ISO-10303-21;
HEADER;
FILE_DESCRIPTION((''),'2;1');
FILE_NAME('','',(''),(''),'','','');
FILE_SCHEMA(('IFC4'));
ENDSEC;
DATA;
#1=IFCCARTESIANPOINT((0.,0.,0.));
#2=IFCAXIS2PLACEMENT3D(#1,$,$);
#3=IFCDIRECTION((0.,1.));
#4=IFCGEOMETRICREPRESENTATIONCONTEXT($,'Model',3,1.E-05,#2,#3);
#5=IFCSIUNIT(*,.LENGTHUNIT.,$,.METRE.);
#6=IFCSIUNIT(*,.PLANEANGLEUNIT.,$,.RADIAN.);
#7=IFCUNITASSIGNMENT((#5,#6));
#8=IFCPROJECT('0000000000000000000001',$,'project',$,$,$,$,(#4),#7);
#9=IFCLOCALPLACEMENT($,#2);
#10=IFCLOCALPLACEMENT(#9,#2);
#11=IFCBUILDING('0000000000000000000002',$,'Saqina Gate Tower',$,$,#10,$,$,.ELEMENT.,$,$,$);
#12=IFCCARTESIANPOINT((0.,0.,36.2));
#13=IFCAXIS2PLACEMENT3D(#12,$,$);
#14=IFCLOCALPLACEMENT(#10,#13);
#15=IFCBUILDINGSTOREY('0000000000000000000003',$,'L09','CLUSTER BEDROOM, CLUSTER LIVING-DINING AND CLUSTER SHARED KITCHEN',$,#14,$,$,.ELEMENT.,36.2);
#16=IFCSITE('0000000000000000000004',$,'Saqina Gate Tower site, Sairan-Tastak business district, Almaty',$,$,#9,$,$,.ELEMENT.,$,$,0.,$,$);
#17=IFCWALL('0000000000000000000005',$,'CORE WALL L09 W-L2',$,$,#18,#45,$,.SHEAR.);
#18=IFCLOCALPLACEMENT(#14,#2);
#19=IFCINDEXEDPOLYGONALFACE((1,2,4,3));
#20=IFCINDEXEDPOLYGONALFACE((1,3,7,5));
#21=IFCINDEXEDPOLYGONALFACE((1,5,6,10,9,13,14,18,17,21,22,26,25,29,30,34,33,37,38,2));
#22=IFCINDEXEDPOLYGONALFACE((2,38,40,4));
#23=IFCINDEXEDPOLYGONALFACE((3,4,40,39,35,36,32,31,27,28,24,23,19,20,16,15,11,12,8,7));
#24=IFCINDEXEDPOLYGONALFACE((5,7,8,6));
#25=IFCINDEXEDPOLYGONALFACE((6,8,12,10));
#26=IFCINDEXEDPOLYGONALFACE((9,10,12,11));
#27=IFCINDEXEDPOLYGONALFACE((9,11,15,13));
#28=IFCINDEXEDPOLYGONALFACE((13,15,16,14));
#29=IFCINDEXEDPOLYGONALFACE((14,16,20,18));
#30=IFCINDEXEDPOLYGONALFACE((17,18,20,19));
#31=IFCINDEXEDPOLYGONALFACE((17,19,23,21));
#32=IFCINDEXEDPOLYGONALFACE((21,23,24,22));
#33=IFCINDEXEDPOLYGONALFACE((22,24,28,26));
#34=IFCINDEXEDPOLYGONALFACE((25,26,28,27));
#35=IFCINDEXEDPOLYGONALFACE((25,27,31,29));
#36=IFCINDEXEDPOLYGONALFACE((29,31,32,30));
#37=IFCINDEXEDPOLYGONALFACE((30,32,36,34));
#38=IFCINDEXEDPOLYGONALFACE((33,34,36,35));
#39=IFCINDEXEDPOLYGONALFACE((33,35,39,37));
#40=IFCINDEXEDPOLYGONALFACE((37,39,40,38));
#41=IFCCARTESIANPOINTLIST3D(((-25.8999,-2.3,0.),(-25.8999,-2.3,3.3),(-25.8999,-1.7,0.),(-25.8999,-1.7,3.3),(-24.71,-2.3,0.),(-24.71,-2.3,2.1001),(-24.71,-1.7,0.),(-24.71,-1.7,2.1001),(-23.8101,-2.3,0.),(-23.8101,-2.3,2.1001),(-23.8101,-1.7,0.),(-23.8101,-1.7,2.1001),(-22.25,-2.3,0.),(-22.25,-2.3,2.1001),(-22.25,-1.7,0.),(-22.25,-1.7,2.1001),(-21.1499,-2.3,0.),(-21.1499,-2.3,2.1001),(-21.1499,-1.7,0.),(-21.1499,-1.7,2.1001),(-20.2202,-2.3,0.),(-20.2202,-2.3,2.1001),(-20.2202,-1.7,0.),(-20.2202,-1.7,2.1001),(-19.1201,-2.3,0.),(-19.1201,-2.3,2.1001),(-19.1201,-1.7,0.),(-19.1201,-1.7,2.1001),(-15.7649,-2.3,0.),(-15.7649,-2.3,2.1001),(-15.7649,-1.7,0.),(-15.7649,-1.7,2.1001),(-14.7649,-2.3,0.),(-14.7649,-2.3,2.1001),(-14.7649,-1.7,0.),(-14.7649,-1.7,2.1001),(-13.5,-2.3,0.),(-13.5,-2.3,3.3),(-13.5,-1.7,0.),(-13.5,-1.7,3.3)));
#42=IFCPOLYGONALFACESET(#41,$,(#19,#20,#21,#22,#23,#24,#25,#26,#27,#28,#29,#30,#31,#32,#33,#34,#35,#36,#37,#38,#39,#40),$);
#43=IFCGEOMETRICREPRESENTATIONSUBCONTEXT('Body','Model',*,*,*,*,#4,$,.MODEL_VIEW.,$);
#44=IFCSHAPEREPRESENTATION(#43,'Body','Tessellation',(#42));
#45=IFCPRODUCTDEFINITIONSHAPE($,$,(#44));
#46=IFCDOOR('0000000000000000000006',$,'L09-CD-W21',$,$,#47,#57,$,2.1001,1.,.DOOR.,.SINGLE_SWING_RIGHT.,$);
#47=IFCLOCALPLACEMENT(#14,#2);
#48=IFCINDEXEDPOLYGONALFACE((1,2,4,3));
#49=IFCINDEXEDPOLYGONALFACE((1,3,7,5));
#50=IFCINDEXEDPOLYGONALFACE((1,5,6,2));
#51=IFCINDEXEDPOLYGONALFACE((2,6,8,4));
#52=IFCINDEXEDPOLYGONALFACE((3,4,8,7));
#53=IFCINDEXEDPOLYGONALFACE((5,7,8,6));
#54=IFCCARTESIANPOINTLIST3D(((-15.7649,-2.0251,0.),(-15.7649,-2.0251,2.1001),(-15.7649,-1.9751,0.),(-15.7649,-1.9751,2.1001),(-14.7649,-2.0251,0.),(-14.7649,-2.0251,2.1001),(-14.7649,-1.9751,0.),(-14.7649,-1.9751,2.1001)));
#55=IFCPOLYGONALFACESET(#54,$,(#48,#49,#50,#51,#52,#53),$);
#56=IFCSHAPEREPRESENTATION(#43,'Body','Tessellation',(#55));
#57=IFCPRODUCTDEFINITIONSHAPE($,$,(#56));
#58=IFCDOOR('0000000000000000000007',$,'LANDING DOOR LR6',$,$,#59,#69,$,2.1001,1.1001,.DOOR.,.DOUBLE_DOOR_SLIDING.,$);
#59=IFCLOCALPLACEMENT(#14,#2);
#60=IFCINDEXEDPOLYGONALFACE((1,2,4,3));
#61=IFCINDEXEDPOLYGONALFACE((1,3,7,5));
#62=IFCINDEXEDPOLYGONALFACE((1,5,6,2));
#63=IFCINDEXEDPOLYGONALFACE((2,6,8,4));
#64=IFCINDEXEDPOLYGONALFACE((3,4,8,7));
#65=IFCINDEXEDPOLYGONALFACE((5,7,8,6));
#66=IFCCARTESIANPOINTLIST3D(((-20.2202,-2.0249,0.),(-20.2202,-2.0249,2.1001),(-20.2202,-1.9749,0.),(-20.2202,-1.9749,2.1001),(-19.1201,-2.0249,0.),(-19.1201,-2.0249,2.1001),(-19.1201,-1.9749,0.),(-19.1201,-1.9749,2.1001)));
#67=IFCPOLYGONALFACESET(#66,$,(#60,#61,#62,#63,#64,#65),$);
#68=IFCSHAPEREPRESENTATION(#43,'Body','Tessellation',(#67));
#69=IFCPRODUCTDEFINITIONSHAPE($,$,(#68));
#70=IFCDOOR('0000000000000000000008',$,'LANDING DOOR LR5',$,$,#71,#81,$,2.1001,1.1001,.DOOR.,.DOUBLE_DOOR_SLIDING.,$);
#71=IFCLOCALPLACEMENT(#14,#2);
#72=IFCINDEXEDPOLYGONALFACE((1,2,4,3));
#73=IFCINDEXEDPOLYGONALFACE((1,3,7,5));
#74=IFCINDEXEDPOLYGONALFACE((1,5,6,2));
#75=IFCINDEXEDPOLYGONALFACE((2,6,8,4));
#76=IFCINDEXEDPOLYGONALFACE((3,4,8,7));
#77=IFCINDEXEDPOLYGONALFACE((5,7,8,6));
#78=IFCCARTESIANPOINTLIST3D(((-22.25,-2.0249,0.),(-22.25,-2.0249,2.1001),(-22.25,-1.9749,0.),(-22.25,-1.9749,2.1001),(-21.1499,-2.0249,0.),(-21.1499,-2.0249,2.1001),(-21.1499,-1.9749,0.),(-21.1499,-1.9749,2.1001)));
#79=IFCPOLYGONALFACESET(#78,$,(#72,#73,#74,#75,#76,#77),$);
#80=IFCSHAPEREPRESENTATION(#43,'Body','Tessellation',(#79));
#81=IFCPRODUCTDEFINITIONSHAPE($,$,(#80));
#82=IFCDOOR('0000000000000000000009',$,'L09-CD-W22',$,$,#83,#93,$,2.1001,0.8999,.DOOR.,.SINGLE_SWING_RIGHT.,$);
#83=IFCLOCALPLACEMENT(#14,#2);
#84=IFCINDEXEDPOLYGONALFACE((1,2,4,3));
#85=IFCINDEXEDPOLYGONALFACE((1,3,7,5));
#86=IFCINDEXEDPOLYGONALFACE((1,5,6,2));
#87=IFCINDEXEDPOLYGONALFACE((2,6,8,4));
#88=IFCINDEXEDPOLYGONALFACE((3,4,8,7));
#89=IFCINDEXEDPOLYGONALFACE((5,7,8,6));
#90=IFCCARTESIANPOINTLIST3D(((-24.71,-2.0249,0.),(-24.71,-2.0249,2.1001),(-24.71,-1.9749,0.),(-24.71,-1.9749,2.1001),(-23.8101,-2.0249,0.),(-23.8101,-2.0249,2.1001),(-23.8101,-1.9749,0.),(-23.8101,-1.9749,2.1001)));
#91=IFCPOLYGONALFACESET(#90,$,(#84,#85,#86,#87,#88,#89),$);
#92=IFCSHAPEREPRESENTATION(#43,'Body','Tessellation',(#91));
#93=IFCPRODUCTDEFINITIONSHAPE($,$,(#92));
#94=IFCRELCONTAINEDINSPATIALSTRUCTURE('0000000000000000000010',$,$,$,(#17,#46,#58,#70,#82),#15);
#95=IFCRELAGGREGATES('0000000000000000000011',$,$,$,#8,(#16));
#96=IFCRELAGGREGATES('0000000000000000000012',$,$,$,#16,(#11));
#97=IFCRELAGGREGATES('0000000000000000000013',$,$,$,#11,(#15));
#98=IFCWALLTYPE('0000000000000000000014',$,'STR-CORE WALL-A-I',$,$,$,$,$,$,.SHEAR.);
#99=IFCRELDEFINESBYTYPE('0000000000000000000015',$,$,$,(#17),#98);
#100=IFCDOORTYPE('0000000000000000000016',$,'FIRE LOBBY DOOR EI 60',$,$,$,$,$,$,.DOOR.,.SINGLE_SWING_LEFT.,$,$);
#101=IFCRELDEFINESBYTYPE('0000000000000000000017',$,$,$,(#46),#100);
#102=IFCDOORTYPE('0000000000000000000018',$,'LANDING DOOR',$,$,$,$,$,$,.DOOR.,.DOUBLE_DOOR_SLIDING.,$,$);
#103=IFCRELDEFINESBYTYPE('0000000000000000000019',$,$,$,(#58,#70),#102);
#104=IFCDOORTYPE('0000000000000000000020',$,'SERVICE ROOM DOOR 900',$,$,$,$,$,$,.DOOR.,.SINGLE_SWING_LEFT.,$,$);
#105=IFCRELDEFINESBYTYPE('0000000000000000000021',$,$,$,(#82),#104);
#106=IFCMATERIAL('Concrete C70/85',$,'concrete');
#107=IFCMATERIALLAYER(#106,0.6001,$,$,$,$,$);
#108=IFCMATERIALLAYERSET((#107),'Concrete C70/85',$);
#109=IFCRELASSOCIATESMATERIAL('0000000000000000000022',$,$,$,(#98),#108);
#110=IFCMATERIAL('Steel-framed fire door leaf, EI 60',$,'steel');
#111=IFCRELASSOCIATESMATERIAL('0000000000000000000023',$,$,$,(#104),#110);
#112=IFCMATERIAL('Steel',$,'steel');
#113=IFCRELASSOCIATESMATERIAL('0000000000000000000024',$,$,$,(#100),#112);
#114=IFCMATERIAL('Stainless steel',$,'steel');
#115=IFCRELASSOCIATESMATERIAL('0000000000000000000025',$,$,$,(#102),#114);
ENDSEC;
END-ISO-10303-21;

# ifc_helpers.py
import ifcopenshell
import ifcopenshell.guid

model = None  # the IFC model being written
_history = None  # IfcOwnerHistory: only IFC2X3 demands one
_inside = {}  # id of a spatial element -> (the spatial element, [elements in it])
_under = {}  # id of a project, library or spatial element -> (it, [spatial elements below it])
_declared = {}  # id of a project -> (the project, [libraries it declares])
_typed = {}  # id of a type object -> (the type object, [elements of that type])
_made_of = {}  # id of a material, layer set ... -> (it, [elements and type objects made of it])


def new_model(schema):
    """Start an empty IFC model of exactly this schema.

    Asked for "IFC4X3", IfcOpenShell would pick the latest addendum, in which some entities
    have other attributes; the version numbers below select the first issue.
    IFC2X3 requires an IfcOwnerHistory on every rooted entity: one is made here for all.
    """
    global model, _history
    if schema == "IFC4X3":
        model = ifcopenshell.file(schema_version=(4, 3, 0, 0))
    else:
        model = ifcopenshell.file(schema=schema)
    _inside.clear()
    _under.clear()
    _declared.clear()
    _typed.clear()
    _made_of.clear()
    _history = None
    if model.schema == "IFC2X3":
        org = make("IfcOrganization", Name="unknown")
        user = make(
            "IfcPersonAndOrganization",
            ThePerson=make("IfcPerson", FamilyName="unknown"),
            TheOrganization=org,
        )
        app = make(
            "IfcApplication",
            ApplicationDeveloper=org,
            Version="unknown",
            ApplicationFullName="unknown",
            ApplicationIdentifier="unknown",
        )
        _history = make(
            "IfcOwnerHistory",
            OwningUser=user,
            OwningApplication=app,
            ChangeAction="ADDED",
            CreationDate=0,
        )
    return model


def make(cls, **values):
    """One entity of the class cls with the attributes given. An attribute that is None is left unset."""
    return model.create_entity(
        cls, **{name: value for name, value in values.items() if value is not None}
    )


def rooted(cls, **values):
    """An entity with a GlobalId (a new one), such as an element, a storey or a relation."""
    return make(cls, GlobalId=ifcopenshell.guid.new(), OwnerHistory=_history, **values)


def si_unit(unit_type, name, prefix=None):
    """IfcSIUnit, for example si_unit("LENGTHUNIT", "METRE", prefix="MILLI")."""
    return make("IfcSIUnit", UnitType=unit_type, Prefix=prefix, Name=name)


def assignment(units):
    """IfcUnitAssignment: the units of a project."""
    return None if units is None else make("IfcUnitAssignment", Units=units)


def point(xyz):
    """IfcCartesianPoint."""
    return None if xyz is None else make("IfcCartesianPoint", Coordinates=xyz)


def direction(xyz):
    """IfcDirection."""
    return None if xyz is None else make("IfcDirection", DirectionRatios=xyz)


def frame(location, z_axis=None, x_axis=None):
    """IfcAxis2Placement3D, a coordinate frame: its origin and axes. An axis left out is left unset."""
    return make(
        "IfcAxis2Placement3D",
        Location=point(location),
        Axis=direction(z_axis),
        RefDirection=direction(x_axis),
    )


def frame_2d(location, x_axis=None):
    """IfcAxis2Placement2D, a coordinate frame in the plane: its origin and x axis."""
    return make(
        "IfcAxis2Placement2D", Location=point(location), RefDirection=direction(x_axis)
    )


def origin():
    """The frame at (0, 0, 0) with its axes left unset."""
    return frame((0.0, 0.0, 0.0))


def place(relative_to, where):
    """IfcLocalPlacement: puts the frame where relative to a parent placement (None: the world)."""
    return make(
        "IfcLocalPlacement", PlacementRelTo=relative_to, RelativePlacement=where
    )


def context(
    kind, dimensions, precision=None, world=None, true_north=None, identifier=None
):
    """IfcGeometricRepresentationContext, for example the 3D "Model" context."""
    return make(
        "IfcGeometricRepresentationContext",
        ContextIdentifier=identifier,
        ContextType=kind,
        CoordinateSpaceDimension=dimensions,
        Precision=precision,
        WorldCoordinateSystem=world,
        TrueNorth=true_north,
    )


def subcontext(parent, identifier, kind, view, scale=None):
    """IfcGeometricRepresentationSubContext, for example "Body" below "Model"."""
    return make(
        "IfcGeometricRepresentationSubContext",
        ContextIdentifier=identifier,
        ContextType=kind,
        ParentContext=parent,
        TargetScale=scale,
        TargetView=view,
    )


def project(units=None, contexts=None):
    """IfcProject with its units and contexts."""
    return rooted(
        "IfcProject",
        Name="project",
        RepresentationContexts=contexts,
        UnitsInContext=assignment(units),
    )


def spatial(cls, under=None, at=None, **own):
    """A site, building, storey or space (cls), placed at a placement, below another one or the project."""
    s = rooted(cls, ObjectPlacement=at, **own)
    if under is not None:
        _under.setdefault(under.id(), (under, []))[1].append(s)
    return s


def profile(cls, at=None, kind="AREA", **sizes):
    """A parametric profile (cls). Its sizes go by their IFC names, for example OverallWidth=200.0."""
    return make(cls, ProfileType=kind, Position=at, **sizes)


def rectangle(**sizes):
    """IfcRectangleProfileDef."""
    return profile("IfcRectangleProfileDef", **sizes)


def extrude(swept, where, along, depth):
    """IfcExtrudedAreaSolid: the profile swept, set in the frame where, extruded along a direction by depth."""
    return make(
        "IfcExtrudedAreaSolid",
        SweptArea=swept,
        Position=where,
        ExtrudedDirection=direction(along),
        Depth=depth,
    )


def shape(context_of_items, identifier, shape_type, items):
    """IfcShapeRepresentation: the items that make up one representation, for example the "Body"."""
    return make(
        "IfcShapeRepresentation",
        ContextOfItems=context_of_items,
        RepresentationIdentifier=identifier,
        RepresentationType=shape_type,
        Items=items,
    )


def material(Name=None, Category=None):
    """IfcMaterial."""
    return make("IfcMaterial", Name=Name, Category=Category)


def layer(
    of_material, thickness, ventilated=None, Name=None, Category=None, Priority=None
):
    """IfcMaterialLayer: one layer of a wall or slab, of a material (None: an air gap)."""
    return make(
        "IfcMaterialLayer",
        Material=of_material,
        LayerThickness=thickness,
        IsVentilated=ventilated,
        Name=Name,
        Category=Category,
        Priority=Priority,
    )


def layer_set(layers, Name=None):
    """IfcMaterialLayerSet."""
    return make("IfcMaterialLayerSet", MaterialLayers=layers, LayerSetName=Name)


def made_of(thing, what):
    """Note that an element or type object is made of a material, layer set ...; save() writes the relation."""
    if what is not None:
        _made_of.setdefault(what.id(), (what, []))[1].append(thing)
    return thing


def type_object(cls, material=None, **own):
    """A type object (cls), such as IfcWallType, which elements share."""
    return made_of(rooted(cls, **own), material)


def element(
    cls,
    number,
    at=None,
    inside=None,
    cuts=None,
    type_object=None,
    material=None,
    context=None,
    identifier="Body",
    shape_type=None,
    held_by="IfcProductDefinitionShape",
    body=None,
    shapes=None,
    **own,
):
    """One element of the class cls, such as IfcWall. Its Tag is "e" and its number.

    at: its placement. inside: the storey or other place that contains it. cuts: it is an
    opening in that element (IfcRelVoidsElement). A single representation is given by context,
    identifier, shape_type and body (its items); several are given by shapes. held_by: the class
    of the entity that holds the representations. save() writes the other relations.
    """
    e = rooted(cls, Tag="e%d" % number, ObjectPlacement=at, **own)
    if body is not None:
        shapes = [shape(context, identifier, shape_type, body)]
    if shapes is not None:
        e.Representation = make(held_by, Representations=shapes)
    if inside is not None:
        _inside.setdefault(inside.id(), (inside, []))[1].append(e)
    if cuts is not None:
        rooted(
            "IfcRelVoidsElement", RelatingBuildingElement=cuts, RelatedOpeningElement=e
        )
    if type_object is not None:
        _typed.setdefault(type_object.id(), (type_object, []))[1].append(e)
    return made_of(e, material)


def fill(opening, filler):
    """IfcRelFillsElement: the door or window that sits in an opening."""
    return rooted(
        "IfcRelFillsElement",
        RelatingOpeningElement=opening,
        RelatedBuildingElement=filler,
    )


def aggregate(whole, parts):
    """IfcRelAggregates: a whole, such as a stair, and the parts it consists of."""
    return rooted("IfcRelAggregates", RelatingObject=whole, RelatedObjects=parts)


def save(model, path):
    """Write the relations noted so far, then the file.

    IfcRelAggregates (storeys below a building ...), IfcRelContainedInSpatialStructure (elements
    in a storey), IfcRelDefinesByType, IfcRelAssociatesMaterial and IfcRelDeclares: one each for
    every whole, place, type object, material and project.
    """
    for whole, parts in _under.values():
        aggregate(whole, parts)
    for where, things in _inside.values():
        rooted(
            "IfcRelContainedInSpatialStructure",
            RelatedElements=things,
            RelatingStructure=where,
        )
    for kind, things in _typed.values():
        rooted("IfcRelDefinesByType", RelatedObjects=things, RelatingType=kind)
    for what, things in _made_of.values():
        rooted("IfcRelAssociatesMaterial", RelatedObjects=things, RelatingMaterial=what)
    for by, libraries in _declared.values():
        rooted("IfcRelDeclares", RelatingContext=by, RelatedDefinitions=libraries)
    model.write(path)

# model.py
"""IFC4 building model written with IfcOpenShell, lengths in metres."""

from ifc_helpers import new_model, si_unit, direction, frame, frame_2d, origin, place, context, subcontext, project, spatial, rectangle, extrude, material, layer, layer_set, type_object, element, fill, save


model = new_model("IFC4")

# Units and contexts
model_context = context("Model", 3, precision=1e-05, world=origin(), true_north=direction((0.0, 1.0)))
body_context = subcontext(model_context, "Body", "Model", "MODEL_VIEW")
ifc_project = project(units=[si_unit("LENGTHUNIT", "METRE"), si_unit("PLANEANGLEUNIT", "RADIAN")], contexts=[model_context])

# Site, building, storey
site_placement = place(None, origin())
site = spatial("IfcSite", under=ifc_project, at=site_placement, Name="Saqina Gate Tower site, Sairan-Tastak business district, Almaty", CompositionType="ELEMENT", RefElevation=0.0)
building_placement = place(site_placement, origin())
building = spatial("IfcBuilding", under=site, at=building_placement, Name="Saqina Gate Tower", CompositionType="ELEMENT")
storey_placement = place(building_placement, frame((0.0, 0.0, 36.2)))
storey = spatial("IfcBuildingStorey", under=building, at=storey_placement, Name="L09", Description="CLUSTER BEDROOM, CLUSTER LIVING-DINING AND CLUSTER SHARED KITCHEN", CompositionType="ELEMENT", Elevation=36.2)

# Wall, openings, doors
ifc_material_1 = material(Name="Concrete C70/85", Category="concrete")
ifc_layer_1 = layer(ifc_material_1, 0.6001)
ifc_layer_set_1 = layer_set([ifc_layer_1], Name="Concrete C70/85")
wall_type_1 = type_object("IfcWallType", Name="STR-CORE WALL-A-I", PredefinedType="SHEAR", material=ifc_layer_set_1)
ifc_material_2 = material(Name="Steel-framed fire door leaf, EI 60", Category="steel")
door_type_1 = type_object("IfcDoorType", Name="SERVICE ROOM DOOR 900", OperationType="SINGLE_SWING_LEFT", PredefinedType="DOOR", material=ifc_material_2)
wall_1_placement = place(storey_placement, frame((-13.5, -2.0, 0.0), z_axis=(0.0, 0.0, 1.0), x_axis=(-1.0, 0.0, 0.0)))
wall_1 = element("IfcWall", 1, at=wall_1_placement, inside=storey, type_object=wall_type_1, Name="CORE WALL L09 W-L2", PredefinedType="SHEAR", context=body_context, shape_type="SweptSolid", body=[
    extrude(rectangle(XDim=12.3999, YDim=0.6001, at=frame_2d((6.2, 0.0))), origin(), (0.0, 0.0, 1.0), 3.3),
])
opening_1_placement = place(wall_1_placement, frame((5.6201, 0.0, 0.0)))
opening_1 = element("IfcOpeningElement", 2, at=opening_1_placement, cuts=wall_1, PredefinedType="OPENING", context=body_context, shape_type="SweptSolid", body=[
    extrude(rectangle(XDim=1.1001, YDim=2.1001, at=frame_2d((0.55, 1.05))), frame((0.0, 0.312, 0.0), z_axis=(0.0, -1.0, 0.0), x_axis=(1.0, 0.0, 0.0)), (0.0, 0.0, 1.0), 0.624),
])
opening_2_placement = place(wall_1_placement, frame((7.6499, 0.0, 0.0)))
opening_2 = element("IfcOpeningElement", 3, at=opening_2_placement, cuts=wall_1, PredefinedType="OPENING", context=body_context, shape_type="SweptSolid", body=[
    extrude(rectangle(XDim=1.1001, YDim=2.1001, at=frame_2d((0.55, 1.05))), frame((0.0, 0.312, 0.0), z_axis=(0.0, -1.0, 0.0), x_axis=(1.0, 0.0, 0.0)), (0.0, 0.0, 1.0), 0.624),
])
opening_3_placement = place(wall_1_placement, frame((1.2649, 0.0, 0.0)))
opening_3 = element("IfcOpeningElement", 4, at=opening_3_placement, cuts=wall_1, PredefinedType="OPENING", context=body_context, shape_type="SweptSolid", body=[
    extrude(rectangle(XDim=1.0, YDim=2.1001, at=frame_2d((0.5, 1.05))), frame((0.0, 0.312, 0.0), z_axis=(0.0, -1.0, 0.0), x_axis=(1.0, 0.0, 0.0)), (0.0, 0.0, 1.0), 0.624),
])
opening_4_placement = place(wall_1_placement, frame((10.3101, 0.0, 0.0)))
opening_4 = element("IfcOpeningElement", 5, at=opening_4_placement, cuts=wall_1, PredefinedType="OPENING", context=body_context, shape_type="SweptSolid", body=[
    extrude(rectangle(XDim=0.8999, YDim=2.1001, at=frame_2d((0.45, 1.05))), frame((0.0, 0.312, 0.0), z_axis=(0.0, -1.0, 0.0), x_axis=(1.0, 0.0, 0.0)), (0.0, 0.0, 1.0), 0.624),
])
ifc_material_3 = material(Name="Steel", Category="steel")
door_type_2 = type_object("IfcDoorType", Name="FIRE LOBBY DOOR EI 60", OperationType="SINGLE_SWING_LEFT", PredefinedType="DOOR", material=ifc_material_3)
door_1_placement = place(opening_3_placement, frame((1.0, 0.0, 0.0), z_axis=(0.0, 0.0, 1.0), x_axis=(-1.0, 0.0, 0.0)))
door_1 = element("IfcDoor", 6, at=door_1_placement, inside=storey, type_object=door_type_2, Name="L09-CD-W21", OperationType="SINGLE_SWING_RIGHT", OverallHeight=2.1001, OverallWidth=1.0, PredefinedType="DOOR", context=body_context, shape_type="SweptSolid", body=[
    extrude(rectangle(XDim=1.0, YDim=2.1001, at=frame_2d((0.5, 1.05))), frame((0.0, 0.0249, 0.0), z_axis=(0.0, -1.0, 0.0), x_axis=(1.0, 0.0, 0.0)), (0.0, 0.0, 1.0), 0.05),
])
fill(opening_3, door_1)
ifc_material_4 = material(Name="Stainless steel", Category="steel")
door_type_3 = type_object("IfcDoorType", Name="LANDING DOOR", OperationType="DOUBLE_DOOR_SLIDING", PredefinedType="DOOR", material=ifc_material_4)
door_2_placement = place(opening_1_placement, origin())
door_2 = element("IfcDoor", 7, at=door_2_placement, inside=storey, type_object=door_type_3, Name="LANDING DOOR LR6", OperationType="DOUBLE_DOOR_SLIDING", OverallHeight=2.1001, OverallWidth=1.1001, PredefinedType="DOOR", context=body_context, shape_type="SweptSolid", body=[
    extrude(rectangle(XDim=1.1001, YDim=2.1001, at=frame_2d((0.55, 1.05))), frame((0.0, 0.0249, 0.0), z_axis=(0.0, -1.0, 0.0), x_axis=(1.0, 0.0, 0.0)), (0.0, 0.0, 1.0), 0.05),
])
fill(opening_1, door_2)
door_3_placement = place(opening_2_placement, origin())
door_3 = element("IfcDoor", 8, at=door_3_placement, inside=storey, type_object=door_type_3, Name="LANDING DOOR LR5", OperationType="DOUBLE_DOOR_SLIDING", OverallHeight=2.1001, OverallWidth=1.1001, PredefinedType="DOOR", context=body_context, shape_type="SweptSolid", body=[
    extrude(rectangle(XDim=1.1001, YDim=2.1001, at=frame_2d((0.55, 1.05))), frame((0.0, 0.0249, 0.0), z_axis=(0.0, -1.0, 0.0), x_axis=(1.0, 0.0, 0.0)), (0.0, 0.0, 1.0), 0.05),
])
fill(opening_2, door_3)
door_4_placement = place(opening_4_placement, origin())
door_4 = element("IfcDoor", 9, at=door_4_placement, inside=storey, type_object=door_type_1, Name="L09-CD-W22", OperationType="SINGLE_SWING_RIGHT", OverallHeight=2.1001, OverallWidth=0.8999, PredefinedType="DOOR", context=body_context, shape_type="SweptSolid", body=[
    extrude(rectangle(XDim=0.8999, YDim=2.1001, at=frame_2d((0.45, 1.05))), frame((0.0, 0.0249, 0.0), z_axis=(0.0, -1.0, 0.0), x_axis=(1.0, 0.0, 0.0)), (0.0, 0.0, 1.0), 0.05),
])
fill(opening_4, door_4)

save(model, "model.ifc")
